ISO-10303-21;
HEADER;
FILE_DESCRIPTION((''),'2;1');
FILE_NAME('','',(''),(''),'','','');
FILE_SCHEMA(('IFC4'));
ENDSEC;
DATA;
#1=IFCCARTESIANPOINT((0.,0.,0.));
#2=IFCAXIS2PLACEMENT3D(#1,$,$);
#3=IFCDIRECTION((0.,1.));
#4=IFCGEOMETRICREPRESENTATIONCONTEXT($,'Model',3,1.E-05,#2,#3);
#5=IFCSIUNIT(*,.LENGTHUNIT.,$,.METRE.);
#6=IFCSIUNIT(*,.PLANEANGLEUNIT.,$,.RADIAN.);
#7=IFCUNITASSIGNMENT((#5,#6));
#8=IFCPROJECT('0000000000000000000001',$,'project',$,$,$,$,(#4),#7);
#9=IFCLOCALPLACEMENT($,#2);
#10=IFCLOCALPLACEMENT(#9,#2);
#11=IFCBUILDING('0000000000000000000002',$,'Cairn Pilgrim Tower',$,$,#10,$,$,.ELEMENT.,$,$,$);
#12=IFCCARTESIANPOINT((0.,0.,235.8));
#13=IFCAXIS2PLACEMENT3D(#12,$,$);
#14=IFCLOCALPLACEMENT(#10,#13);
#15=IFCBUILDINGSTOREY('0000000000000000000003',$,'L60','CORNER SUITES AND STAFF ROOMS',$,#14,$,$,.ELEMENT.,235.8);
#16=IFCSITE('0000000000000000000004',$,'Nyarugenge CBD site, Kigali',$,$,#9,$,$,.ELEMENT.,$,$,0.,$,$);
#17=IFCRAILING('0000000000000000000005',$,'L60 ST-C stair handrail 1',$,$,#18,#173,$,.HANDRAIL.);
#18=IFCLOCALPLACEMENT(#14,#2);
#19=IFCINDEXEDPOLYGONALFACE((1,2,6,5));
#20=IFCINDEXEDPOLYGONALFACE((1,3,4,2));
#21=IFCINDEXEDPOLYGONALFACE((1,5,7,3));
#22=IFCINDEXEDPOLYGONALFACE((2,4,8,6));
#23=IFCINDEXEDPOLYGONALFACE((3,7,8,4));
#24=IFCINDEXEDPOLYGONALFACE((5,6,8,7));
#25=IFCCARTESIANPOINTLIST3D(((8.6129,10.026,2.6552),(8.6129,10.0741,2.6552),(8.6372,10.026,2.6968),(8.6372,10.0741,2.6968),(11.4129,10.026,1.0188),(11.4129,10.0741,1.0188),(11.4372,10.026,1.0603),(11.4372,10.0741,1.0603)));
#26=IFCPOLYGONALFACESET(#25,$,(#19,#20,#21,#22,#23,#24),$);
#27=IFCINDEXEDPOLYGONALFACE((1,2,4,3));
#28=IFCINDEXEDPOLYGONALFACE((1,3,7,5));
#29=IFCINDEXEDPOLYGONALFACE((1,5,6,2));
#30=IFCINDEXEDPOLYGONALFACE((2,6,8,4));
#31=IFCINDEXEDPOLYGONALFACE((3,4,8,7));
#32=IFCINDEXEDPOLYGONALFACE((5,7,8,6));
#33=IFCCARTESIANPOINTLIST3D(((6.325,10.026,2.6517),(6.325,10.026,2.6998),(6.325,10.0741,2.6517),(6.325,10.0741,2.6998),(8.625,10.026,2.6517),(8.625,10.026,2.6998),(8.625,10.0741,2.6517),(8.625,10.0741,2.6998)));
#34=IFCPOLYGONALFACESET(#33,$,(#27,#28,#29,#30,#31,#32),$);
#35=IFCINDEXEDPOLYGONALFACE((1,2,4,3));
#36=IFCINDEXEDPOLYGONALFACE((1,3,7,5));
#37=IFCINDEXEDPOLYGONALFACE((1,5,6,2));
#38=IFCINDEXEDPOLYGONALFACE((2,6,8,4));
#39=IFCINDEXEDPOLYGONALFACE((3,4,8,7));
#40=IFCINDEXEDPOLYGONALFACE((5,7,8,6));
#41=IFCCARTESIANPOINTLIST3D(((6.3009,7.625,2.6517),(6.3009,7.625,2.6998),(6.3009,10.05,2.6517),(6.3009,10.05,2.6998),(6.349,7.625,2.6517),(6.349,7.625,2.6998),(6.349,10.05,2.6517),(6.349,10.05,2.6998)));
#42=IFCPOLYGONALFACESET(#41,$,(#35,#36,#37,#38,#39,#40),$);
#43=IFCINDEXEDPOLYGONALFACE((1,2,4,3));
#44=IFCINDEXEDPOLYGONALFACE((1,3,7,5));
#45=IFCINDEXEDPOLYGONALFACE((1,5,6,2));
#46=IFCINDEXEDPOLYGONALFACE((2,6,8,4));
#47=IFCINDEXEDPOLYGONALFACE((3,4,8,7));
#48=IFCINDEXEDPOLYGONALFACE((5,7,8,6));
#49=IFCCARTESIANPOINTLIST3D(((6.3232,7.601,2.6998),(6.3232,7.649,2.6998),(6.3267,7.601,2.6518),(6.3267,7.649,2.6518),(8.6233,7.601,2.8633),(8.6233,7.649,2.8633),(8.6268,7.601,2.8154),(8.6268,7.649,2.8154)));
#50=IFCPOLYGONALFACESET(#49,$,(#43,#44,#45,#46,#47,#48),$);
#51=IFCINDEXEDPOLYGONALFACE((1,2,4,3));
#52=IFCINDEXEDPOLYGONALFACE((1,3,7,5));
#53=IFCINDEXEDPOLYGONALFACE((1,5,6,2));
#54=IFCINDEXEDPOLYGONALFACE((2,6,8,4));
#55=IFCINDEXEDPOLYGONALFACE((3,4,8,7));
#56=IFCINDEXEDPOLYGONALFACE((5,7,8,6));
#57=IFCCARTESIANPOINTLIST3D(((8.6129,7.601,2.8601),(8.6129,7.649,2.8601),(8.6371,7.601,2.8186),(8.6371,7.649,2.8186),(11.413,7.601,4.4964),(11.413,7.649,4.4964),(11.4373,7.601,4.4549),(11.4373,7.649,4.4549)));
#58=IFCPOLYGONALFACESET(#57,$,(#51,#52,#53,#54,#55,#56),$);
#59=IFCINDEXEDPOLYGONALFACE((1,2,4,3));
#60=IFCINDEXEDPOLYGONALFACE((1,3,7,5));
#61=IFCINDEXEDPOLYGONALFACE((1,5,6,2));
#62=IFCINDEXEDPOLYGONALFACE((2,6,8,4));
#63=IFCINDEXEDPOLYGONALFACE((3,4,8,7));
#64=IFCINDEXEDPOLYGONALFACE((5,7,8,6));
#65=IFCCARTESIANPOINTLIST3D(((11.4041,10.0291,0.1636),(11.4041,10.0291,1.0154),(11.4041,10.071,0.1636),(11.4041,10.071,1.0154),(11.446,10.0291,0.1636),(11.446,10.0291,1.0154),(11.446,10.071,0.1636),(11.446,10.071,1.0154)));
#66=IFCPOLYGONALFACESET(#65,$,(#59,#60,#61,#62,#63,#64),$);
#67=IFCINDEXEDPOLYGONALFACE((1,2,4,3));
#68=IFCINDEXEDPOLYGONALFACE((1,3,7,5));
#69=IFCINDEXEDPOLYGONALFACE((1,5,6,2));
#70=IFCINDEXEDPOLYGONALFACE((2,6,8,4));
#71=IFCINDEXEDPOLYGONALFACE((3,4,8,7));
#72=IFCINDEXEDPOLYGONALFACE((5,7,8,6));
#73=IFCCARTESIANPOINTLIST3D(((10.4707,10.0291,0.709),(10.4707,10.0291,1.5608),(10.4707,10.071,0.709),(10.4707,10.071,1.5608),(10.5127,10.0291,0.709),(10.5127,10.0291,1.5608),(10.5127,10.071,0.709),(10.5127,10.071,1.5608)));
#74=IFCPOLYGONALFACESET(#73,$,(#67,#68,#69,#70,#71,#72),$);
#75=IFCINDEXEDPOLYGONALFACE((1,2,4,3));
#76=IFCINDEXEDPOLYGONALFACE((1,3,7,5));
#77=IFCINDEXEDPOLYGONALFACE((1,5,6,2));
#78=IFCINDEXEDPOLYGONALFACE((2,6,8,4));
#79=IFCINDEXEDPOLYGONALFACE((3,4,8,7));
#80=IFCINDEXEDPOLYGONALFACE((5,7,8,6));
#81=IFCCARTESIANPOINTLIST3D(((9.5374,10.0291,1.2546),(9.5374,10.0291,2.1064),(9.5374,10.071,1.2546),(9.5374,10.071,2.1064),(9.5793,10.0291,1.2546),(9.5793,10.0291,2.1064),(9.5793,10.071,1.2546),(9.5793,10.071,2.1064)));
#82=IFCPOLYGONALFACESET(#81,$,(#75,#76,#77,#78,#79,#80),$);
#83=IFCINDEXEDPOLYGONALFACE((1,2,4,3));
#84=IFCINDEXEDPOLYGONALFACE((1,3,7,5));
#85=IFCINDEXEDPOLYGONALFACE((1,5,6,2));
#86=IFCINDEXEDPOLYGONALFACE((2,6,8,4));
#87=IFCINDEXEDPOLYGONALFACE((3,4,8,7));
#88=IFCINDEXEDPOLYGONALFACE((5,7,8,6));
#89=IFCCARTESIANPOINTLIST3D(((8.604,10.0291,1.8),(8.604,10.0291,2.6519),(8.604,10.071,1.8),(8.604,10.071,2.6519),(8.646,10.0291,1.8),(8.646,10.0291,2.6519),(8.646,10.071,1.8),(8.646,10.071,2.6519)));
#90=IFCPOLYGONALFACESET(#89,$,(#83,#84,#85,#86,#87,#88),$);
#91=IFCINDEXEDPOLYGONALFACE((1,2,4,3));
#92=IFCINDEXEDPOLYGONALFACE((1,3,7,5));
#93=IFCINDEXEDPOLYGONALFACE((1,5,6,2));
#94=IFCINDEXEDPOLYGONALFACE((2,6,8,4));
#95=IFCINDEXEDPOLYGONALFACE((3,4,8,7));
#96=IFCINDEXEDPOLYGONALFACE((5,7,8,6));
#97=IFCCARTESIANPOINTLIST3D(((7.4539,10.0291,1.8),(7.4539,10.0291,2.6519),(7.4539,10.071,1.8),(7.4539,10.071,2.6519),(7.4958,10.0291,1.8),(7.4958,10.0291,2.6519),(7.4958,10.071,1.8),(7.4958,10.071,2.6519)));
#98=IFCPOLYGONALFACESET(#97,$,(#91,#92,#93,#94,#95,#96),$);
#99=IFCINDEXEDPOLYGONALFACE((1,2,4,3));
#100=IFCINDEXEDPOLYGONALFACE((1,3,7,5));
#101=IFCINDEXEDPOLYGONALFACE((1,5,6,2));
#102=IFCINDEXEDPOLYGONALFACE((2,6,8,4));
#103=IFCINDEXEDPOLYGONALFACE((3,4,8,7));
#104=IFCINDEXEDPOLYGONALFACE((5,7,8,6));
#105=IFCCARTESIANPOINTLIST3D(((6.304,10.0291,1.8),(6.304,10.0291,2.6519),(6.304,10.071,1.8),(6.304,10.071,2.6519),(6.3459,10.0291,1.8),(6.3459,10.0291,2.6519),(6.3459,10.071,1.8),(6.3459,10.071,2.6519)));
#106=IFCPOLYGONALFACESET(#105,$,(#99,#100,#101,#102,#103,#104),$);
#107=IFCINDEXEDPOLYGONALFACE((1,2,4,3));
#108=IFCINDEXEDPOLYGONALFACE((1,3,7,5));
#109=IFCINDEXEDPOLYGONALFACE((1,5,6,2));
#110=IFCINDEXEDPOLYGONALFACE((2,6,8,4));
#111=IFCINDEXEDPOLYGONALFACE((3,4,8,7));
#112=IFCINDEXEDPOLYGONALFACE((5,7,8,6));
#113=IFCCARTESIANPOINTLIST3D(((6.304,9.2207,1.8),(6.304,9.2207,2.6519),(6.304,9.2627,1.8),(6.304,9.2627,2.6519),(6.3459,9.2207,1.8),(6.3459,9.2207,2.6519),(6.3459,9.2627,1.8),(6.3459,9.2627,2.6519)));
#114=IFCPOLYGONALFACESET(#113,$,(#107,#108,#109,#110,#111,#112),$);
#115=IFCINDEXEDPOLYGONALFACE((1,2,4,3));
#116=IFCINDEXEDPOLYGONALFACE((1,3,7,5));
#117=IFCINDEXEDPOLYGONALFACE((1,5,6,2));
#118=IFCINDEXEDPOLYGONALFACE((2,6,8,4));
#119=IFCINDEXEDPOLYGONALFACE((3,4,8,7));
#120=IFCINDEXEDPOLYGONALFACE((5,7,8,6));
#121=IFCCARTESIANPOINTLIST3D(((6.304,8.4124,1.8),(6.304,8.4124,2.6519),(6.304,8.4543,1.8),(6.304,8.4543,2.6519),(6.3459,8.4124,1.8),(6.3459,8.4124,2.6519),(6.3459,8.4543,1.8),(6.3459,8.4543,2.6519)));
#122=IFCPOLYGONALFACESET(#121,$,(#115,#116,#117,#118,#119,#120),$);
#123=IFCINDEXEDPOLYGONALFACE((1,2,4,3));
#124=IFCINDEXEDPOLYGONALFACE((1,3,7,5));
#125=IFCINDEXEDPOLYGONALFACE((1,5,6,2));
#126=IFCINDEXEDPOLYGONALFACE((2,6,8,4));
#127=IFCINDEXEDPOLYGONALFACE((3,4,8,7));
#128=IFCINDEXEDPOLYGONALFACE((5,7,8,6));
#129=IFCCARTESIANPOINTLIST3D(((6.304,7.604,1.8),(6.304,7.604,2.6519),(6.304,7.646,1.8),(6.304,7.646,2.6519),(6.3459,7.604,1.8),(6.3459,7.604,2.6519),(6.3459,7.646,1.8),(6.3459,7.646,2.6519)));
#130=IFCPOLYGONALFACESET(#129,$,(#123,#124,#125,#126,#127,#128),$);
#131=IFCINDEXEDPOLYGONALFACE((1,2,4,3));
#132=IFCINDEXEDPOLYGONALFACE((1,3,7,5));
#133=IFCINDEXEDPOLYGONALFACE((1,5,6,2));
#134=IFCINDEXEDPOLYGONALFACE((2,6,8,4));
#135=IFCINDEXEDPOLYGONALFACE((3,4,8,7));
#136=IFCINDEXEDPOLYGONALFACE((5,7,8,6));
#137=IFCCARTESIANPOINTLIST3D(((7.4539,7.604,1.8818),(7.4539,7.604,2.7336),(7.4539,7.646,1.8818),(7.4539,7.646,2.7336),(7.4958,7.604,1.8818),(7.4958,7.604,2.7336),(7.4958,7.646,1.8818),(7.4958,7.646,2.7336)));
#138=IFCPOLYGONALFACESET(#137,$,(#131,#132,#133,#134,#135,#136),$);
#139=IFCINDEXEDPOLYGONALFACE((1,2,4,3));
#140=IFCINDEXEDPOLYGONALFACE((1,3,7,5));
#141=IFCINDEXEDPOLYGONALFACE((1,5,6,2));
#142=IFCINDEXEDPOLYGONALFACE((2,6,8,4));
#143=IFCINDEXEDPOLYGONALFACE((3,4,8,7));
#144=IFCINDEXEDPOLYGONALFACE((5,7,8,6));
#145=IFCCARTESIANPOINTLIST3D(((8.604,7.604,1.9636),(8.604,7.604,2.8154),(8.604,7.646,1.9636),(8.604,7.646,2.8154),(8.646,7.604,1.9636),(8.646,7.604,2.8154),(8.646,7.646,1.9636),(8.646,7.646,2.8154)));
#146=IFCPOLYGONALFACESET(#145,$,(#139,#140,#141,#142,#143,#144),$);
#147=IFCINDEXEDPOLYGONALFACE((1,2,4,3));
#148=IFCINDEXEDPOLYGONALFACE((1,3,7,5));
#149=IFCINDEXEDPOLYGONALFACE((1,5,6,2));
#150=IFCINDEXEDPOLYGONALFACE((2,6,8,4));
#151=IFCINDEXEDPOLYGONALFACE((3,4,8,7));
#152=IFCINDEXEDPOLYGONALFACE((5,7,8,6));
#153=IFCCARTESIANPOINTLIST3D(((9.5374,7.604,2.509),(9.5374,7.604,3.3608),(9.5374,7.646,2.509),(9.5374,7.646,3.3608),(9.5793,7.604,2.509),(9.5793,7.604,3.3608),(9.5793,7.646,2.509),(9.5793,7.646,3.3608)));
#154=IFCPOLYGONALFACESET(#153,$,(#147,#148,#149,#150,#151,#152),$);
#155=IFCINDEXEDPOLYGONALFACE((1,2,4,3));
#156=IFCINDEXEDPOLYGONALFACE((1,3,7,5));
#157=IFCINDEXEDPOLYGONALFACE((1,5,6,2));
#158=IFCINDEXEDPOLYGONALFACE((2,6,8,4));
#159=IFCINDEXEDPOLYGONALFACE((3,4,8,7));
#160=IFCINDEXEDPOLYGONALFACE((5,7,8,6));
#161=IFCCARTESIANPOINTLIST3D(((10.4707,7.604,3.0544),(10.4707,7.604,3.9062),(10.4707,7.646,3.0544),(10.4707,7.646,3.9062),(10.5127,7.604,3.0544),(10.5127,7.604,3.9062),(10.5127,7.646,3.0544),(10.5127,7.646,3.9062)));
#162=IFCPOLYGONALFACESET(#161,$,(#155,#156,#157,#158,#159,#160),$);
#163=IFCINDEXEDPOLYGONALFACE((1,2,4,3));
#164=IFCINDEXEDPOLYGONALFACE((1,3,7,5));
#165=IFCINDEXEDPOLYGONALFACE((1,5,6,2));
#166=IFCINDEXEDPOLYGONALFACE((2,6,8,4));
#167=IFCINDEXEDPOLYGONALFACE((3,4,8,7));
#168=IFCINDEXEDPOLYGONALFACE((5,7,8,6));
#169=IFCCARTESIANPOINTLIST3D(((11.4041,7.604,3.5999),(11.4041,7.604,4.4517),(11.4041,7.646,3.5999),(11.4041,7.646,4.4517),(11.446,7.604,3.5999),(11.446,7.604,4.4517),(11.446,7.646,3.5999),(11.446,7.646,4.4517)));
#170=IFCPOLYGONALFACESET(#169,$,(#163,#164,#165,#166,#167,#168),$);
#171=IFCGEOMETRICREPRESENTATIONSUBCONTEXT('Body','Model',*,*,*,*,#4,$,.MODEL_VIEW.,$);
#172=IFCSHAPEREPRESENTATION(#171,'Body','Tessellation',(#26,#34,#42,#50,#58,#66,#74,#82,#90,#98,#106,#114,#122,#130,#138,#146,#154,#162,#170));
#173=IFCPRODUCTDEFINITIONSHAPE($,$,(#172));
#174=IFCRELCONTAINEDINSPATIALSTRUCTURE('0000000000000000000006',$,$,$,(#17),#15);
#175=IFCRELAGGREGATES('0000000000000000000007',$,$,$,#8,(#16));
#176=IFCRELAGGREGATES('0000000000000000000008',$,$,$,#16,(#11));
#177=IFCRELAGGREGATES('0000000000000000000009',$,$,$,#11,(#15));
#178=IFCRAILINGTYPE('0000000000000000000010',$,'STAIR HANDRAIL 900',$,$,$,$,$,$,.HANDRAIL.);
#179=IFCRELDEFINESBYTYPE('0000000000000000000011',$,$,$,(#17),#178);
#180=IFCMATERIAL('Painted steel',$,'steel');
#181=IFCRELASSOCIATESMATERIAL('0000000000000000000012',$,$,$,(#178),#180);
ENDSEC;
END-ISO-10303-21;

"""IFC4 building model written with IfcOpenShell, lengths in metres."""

from ifc_helpers import new_model, si_unit, direction, frame, origin, origin_2d, place, context, subcontext, project, spatial, rectangle, extrude, material, type_object, element, save


model = new_model("IFC4")

# Units and contexts
model_context = context("Model", 3, precision=1e-05, world=origin(), true_north=direction((0.0, 1.0)))
body_context = subcontext(model_context, "Body", "Model", "MODEL_VIEW")
ifc_project = project(units=[si_unit("LENGTHUNIT", "METRE"), si_unit("PLANEANGLEUNIT", "RADIAN")], contexts=[model_context])

# Site, building, storey
site_placement = place(None, origin())
site = spatial("IfcSite", under=ifc_project, at=site_placement, Name="Nyarugenge CBD site, Kigali", CompositionType="ELEMENT", RefElevation=0.0)
building_placement = place(site_placement, origin())
building = spatial("IfcBuilding", under=site, at=building_placement, Name="Cairn Pilgrim Tower", CompositionType="ELEMENT")
storey_placement = place(building_placement, frame((0.0, 0.0, 235.8)))
storey = spatial("IfcBuildingStorey", under=building, at=storey_placement, Name="L60", Description="CORNER SUITES AND STAFF ROOMS", CompositionType="ELEMENT", Elevation=235.8)

# Shared definitions
ifc_material_1 = material(Name="Painted steel", Category="steel")

# Railing
railing_type_1 = type_object("IfcRailingType", Name="STAIR HANDRAIL 900", PredefinedType="HANDRAIL", material=ifc_material_1)
railing_1_placement = place(storey_placement, frame((11.425, 10.05, 0.1636)))
element("IfcRailing", 1, at=railing_1_placement, inside=storey, type_object=railing_type_1, Name="L60 ST-C stair handrail 1", PredefinedType="HANDRAIL", context=body_context, shape_type="SweptSolid", body=[
    extrude(rectangle(XDim=0.0481, YDim=0.0481, at=origin_2d()), frame((0.0, 0.0, 0.876), z_axis=(-0.863361, 0.0, 0.504587), x_axis=(0.0, -1.0, 0.0)), (0.0, 0.0, 1.0), 3.2432),
    extrude(rectangle(XDim=0.0481, YDim=0.0481, at=origin_2d()), frame((-2.8, 0.0, 2.5122), z_axis=(-1.0, 0.0, 0.0), x_axis=(0.0, -1.0, 0.0)), (0.0, 0.0, 1.0), 2.3),
    extrude(rectangle(XDim=0.0481, YDim=0.0481, at=origin_2d()), frame((-5.1001, 0.0, 2.5122), z_axis=(0.0, -1.0, 0.0), x_axis=(1.0, 0.0, 0.0)), (0.0, 0.0, 1.0), 2.425),
    extrude(rectangle(XDim=0.0481, YDim=0.0481, at=origin_2d()), frame((-5.1001, -2.425, 2.5122), z_axis=(0.997481, 0.0, 0.070939), x_axis=(0.0, 1.0, 0.0)), (0.0, 0.0, 1.0), 2.3059),
    extrude(rectangle(XDim=0.0481, YDim=0.0481, at=origin_2d()), frame((-2.8, -2.425, 2.6758), z_axis=(0.863394, 0.0, 0.504531), x_axis=(0.0, 1.0, 0.0)), (0.0, 0.0, 1.0), 3.2432),
    extrude(rectangle(XDim=0.042, YDim=0.042, at=origin_2d()), origin(), (0.0, 0.0, 1.0), 0.8518),
    extrude(rectangle(XDim=0.042, YDim=0.042, at=origin_2d()), frame((-0.9333, 0.0, 0.5454)), (0.0, 0.0, 1.0), 0.8518),
    extrude(rectangle(XDim=0.042, YDim=0.042, at=origin_2d()), frame((-1.8667, 0.0, 1.0911)), (0.0, 0.0, 1.0), 0.8518),
    extrude(rectangle(XDim=0.042, YDim=0.042, at=origin_2d()), frame((-2.8, 0.0, 1.6365)), (0.0, 0.0, 1.0), 0.8518),
    extrude(rectangle(XDim=0.042, YDim=0.042, at=origin_2d()), frame((-3.9502, 0.0, 1.6365)), (0.0, 0.0, 1.0), 0.8518),
    extrude(rectangle(XDim=0.042, YDim=0.042, at=origin_2d()), frame((-5.1001, 0.0, 1.6365)), (0.0, 0.0, 1.0), 0.8518),
    extrude(rectangle(XDim=0.042, YDim=0.042, at=origin_2d()), frame((-5.1001, -0.8083, 1.6365)), (0.0, 0.0, 1.0), 0.8518),
    extrude(rectangle(XDim=0.042, YDim=0.042, at=origin_2d()), frame((-5.1001, -1.6167, 1.6365)), (0.0, 0.0, 1.0), 0.8518),
    extrude(rectangle(XDim=0.042, YDim=0.042, at=origin_2d()), frame((-5.1001, -2.425, 1.6365)), (0.0, 0.0, 1.0), 0.8518),
    extrude(rectangle(XDim=0.042, YDim=0.042, at=origin_2d()), frame((-3.9502, -2.425, 1.7183)), (0.0, 0.0, 1.0), 0.8518),
    extrude(rectangle(XDim=0.042, YDim=0.042, at=origin_2d()), frame((-2.8, -2.425, 1.8)), (0.0, 0.0, 1.0), 0.8518),
    extrude(rectangle(XDim=0.042, YDim=0.042, at=origin_2d()), frame((-1.8667, -2.425, 2.3455)), (0.0, 0.0, 1.0), 0.8518),
    extrude(rectangle(XDim=0.042, YDim=0.042, at=origin_2d()), frame((-0.9333, -2.425, 2.8909)), (0.0, 0.0, 1.0), 0.8518),
    extrude(rectangle(XDim=0.042, YDim=0.042, at=origin_2d()), frame((0.0, -2.425, 3.4363)), (0.0, 0.0, 1.0), 0.8518),
])

save(model, "model.ifc")
